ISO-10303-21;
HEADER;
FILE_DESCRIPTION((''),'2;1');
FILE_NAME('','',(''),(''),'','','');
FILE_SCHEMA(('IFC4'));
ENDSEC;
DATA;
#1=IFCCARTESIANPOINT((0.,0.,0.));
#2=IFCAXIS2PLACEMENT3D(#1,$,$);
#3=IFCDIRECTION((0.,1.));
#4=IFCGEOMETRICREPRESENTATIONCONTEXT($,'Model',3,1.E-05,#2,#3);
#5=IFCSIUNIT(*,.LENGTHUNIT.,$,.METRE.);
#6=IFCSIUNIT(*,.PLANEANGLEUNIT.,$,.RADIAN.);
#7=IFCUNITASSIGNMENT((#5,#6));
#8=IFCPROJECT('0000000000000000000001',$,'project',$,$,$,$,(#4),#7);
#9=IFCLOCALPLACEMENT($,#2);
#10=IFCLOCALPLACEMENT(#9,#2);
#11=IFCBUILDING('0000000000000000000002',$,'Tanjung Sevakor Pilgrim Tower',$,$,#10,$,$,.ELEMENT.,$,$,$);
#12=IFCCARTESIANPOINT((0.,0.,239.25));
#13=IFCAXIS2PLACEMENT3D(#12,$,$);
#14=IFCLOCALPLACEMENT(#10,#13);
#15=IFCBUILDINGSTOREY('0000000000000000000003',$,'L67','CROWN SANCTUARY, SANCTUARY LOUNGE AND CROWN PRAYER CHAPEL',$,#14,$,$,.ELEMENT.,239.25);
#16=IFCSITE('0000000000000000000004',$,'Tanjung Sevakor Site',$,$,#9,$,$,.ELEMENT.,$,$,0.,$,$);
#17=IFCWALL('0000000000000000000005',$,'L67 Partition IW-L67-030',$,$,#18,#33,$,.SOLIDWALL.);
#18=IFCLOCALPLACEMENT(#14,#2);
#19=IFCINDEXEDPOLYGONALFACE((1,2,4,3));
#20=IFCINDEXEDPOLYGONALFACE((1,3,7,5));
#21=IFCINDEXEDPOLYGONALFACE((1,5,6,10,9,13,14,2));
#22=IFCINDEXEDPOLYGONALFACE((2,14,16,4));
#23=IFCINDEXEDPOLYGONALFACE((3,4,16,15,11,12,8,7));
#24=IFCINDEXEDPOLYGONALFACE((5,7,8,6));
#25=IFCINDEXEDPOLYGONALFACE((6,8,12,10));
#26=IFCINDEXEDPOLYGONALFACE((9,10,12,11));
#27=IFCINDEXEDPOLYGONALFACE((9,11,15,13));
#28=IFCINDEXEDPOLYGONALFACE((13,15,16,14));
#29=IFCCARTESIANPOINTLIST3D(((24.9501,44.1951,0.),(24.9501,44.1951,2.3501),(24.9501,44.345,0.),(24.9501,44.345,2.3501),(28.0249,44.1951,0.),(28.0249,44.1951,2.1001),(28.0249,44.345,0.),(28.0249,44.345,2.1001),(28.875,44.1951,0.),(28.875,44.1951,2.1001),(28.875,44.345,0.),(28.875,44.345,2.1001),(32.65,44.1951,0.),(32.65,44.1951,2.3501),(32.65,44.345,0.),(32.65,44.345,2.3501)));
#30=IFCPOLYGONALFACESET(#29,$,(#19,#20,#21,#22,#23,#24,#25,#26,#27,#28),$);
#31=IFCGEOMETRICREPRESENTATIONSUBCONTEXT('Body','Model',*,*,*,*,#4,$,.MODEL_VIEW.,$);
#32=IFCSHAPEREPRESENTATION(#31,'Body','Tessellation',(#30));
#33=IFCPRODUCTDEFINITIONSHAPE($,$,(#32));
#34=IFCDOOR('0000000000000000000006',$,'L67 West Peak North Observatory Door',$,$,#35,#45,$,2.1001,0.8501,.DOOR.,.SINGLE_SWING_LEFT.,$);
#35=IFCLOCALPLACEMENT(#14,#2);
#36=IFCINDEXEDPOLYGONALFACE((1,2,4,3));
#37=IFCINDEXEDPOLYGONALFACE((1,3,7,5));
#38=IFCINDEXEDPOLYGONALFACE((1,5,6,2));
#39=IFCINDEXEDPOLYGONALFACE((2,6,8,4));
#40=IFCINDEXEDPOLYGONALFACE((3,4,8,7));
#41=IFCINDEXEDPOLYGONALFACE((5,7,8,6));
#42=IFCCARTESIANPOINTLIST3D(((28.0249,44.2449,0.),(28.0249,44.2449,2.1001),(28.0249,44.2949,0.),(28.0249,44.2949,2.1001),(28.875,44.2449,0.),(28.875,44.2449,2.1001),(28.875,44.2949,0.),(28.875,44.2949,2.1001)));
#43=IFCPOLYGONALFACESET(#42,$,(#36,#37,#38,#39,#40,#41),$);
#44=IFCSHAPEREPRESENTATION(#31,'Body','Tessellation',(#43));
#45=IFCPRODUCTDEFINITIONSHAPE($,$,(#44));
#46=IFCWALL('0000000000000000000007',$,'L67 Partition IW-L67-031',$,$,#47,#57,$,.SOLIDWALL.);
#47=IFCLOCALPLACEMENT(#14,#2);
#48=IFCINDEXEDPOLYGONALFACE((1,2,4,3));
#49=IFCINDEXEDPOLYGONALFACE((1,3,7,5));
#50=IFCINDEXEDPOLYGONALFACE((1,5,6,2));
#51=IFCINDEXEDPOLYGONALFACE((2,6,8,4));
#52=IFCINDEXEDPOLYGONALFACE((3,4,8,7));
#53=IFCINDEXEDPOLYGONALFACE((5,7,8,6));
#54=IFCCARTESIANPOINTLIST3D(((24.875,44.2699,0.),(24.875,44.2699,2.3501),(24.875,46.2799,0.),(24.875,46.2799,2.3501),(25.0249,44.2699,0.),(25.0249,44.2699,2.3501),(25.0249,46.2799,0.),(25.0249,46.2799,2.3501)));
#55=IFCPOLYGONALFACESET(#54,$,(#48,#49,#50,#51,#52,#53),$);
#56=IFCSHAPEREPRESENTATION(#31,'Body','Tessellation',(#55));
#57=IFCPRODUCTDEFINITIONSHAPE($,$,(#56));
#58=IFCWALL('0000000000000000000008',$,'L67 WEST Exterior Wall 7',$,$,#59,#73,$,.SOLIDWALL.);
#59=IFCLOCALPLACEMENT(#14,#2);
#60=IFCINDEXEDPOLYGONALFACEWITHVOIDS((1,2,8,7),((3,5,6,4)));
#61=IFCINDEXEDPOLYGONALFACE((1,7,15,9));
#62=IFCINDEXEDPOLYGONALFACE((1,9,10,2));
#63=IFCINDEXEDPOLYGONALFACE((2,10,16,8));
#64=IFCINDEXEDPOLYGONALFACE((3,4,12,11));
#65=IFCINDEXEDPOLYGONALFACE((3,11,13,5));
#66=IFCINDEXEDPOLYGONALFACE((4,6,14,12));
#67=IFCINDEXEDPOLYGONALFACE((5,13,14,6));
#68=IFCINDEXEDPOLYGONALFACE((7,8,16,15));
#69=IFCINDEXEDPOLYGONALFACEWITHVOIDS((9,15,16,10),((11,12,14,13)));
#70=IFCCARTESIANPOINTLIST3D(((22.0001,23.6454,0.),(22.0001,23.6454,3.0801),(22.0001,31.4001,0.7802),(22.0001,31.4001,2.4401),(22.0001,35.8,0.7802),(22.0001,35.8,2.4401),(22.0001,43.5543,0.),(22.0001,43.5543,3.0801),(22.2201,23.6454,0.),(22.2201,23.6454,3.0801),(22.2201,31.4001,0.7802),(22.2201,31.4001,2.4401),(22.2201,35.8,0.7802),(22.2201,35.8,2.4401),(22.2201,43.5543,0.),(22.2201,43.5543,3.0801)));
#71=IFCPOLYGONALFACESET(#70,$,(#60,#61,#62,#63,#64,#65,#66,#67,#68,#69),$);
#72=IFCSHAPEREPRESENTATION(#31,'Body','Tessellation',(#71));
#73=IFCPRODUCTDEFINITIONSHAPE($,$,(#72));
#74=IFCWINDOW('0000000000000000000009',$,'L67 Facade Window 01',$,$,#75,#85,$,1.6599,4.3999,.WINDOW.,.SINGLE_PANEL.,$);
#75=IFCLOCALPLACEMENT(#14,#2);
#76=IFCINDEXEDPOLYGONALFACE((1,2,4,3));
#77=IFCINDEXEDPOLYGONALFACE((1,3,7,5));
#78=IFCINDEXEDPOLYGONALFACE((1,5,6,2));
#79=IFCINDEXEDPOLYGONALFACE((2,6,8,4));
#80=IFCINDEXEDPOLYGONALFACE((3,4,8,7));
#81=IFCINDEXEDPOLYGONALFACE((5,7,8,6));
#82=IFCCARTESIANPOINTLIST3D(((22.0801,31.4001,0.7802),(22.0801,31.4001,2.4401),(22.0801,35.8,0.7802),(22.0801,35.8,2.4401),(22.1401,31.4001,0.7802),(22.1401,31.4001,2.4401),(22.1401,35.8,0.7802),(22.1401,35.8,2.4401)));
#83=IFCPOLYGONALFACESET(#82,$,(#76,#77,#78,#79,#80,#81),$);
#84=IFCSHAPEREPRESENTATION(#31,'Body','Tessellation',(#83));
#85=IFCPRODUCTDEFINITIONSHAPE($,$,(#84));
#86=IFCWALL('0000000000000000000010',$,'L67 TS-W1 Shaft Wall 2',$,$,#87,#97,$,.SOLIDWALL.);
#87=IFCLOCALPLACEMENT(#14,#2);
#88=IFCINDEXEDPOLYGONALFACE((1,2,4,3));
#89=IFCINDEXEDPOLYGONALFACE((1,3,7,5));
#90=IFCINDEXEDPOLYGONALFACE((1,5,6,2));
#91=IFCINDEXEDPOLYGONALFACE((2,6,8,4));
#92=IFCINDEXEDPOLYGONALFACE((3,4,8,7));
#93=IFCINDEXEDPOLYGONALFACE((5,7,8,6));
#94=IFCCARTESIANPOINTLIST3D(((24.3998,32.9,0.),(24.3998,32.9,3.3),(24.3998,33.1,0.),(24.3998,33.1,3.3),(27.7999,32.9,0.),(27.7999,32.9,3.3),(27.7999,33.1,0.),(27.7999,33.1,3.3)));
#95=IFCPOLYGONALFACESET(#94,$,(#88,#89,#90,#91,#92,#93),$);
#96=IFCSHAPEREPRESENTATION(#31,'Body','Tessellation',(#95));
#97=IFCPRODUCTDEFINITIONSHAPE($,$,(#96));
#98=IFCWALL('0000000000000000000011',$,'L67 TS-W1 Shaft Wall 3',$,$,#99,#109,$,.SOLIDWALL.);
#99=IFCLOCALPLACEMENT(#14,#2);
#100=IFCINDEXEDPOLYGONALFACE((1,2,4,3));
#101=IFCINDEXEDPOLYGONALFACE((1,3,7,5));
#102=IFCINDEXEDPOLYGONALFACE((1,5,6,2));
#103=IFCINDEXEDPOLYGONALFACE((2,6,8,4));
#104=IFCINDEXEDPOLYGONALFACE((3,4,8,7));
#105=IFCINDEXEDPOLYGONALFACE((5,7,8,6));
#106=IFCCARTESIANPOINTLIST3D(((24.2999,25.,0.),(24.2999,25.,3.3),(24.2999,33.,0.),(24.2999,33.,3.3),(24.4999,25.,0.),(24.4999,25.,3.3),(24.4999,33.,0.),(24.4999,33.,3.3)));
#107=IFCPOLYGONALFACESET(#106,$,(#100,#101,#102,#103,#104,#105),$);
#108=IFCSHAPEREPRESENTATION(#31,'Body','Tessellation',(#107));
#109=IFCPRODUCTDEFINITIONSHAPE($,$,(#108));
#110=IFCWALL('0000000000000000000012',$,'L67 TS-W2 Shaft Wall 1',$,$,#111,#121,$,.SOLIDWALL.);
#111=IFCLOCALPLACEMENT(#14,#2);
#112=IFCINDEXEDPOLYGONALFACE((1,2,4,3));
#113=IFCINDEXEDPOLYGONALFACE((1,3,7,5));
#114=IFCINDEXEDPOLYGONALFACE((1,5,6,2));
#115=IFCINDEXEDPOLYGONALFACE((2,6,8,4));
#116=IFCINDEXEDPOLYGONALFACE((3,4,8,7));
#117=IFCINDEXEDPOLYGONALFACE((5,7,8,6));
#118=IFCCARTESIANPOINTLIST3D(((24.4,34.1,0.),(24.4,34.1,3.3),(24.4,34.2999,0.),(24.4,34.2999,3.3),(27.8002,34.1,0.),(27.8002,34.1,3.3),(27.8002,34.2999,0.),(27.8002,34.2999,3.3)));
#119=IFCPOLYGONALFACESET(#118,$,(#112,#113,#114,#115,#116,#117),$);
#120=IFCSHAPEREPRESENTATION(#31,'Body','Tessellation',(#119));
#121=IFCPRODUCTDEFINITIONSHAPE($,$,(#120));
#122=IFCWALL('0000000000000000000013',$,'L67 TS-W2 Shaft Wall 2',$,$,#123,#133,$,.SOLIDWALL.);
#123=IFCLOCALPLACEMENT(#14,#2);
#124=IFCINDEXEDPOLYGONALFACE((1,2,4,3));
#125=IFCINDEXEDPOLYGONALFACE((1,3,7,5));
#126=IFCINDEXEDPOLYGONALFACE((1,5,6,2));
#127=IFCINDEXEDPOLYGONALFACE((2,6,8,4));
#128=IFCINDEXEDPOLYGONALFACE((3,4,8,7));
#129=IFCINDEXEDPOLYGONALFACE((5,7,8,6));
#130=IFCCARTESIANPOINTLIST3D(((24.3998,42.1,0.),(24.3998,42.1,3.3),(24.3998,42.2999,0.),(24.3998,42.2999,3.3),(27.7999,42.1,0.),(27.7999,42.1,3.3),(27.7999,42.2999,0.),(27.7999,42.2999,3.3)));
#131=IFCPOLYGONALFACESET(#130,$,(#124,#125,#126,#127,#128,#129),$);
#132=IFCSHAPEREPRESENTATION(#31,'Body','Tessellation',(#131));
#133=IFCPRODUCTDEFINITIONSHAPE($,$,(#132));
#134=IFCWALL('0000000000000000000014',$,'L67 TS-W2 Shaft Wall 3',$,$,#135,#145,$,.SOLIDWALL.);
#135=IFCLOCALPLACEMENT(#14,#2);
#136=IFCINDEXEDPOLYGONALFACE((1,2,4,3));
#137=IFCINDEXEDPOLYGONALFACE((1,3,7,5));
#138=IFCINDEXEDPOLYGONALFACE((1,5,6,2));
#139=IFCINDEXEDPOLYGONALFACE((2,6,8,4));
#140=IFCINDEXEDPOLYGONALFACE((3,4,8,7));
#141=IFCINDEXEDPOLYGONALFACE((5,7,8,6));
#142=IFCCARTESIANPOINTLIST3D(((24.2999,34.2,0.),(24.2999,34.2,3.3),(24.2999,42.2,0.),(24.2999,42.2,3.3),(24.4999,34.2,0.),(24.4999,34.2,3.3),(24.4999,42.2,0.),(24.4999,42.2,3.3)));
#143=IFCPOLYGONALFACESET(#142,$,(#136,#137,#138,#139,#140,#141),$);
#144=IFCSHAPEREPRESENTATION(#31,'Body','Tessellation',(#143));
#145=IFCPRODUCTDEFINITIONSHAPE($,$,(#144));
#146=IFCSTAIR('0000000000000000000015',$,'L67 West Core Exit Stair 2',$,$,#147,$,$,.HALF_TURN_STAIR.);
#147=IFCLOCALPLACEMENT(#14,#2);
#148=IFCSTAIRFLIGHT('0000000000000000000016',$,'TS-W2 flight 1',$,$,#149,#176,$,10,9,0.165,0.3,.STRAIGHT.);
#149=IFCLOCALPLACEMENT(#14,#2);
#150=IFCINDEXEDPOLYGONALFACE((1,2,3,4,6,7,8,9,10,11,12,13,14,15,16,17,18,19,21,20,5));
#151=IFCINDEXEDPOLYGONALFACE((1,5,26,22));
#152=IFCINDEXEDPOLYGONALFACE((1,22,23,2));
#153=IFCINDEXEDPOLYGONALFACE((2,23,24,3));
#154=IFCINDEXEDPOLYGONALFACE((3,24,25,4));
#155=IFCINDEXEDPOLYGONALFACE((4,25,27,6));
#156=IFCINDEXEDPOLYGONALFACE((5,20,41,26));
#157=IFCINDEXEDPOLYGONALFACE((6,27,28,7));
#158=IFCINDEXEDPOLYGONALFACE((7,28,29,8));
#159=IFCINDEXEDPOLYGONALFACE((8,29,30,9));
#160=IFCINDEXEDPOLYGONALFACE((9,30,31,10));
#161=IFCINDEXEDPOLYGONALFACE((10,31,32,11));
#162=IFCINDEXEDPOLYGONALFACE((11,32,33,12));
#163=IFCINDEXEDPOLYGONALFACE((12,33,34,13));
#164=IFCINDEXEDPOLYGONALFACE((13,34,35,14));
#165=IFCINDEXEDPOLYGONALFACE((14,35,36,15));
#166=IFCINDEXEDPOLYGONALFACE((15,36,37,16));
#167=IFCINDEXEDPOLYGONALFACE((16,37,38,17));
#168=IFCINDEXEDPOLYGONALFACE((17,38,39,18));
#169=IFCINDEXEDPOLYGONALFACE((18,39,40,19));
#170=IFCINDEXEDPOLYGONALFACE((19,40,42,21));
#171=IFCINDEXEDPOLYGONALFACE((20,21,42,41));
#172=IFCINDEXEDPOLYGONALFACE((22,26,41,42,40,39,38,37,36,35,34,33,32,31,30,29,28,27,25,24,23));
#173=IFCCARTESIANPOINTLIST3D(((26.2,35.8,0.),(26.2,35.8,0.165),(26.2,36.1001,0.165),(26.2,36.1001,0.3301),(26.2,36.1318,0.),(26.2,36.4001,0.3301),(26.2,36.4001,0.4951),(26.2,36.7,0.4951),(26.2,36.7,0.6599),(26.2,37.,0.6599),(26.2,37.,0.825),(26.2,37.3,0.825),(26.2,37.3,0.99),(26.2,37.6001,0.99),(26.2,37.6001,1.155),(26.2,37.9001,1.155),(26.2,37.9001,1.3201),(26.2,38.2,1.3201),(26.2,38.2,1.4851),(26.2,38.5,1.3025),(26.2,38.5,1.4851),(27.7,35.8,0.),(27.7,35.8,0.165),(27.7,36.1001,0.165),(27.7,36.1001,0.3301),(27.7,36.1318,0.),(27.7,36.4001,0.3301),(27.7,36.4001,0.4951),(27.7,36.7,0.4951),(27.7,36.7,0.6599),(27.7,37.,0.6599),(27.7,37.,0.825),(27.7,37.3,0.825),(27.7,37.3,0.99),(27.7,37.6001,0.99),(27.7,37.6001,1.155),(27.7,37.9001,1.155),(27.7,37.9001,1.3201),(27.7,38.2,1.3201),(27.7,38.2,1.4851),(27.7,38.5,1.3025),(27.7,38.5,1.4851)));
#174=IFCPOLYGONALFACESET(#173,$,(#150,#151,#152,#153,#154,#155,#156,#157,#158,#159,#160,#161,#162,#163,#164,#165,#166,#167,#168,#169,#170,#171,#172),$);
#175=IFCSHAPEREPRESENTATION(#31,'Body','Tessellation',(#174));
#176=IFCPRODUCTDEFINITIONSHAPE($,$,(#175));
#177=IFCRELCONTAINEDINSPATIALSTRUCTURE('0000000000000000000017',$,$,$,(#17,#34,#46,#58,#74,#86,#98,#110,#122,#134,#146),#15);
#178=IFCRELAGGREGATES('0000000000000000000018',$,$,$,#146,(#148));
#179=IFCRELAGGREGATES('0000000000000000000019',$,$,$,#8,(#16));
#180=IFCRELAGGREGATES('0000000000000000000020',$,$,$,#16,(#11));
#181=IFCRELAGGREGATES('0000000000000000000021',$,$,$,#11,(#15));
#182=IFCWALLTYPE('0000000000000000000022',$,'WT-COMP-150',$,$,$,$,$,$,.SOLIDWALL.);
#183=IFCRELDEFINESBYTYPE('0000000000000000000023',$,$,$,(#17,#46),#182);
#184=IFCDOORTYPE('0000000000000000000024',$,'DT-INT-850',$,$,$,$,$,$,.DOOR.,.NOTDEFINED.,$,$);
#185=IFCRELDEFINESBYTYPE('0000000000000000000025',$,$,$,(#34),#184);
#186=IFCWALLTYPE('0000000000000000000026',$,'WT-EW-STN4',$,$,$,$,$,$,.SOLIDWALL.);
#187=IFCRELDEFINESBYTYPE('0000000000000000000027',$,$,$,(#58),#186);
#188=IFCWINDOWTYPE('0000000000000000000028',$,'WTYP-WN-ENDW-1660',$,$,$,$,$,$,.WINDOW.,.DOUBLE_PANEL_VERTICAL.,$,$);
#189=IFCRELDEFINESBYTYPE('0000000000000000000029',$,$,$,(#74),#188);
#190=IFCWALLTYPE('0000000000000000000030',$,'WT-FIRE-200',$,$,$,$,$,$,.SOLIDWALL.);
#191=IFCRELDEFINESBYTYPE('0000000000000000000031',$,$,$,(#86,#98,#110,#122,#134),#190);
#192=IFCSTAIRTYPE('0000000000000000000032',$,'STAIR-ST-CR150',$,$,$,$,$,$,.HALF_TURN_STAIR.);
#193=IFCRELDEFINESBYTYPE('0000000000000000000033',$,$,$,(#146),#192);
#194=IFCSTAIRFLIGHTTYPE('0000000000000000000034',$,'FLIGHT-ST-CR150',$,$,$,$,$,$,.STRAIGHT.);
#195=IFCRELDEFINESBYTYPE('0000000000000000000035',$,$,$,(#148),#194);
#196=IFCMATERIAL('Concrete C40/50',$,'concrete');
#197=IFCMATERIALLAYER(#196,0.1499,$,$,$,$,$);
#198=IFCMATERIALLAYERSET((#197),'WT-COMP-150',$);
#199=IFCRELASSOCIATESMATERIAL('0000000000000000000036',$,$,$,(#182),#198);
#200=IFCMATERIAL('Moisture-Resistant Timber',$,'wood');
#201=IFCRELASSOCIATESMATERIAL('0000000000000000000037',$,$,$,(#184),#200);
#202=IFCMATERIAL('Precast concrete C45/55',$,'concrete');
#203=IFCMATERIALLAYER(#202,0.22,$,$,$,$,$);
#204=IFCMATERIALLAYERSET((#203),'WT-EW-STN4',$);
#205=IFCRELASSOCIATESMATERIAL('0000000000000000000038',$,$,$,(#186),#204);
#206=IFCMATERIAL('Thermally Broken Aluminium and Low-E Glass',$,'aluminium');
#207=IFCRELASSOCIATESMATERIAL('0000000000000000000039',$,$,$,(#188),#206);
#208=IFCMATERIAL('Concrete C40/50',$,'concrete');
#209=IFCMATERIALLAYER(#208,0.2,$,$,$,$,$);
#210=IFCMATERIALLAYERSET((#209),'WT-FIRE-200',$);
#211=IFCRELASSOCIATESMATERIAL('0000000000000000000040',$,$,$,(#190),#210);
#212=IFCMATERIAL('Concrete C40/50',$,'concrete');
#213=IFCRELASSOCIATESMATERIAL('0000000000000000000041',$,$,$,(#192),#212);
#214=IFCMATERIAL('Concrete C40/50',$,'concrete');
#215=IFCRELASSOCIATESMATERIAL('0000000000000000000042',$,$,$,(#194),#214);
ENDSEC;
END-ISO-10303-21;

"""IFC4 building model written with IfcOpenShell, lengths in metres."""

from ifc_helpers import new_model, si_unit, direction, frame, frame_2d, origin, place, context, subcontext, project, spatial, polyline, rectangle, outline, extrude, material, layer, layer_set, type_object, element, fill, aggregate, save


model = new_model("IFC4")

# Units and contexts
model_context = context("Model", 3, precision=1e-05, world=origin(), true_north=direction((0.0, 1.0)))
body_context = subcontext(model_context, "Body", "Model", "MODEL_VIEW")
ifc_project = project(units=[si_unit("LENGTHUNIT", "METRE"), si_unit("PLANEANGLEUNIT", "RADIAN")], contexts=[model_context])

# Site, building, storey
site_placement = place(None, origin())
site = spatial("IfcSite", under=ifc_project, at=site_placement, Name="Tanjung Sevakor Site", CompositionType="ELEMENT", RefElevation=0.0)
building_placement = place(site_placement, origin())
building = spatial("IfcBuilding", under=site, at=building_placement, Name="Tanjung Sevakor Pilgrim Tower", CompositionType="ELEMENT")
storey_placement = place(building_placement, frame((0.0, 0.0, 239.25)))
storey = spatial("IfcBuildingStorey", under=building, at=storey_placement, Name="L67", Description="CROWN SANCTUARY, SANCTUARY LOUNGE AND CROWN PRAYER CHAPEL", CompositionType="ELEMENT", Elevation=239.25)

# Shared definitions
ifc_material_1 = material(Name="Concrete C40/50", Category="concrete")
ifc_layer_1 = layer(ifc_material_1, 0.1499)
ifc_layer_set_1 = layer_set([ifc_layer_1], Name="WT-COMP-150")
wall_type_1 = type_object("IfcWallType", Name="WT-COMP-150", PredefinedType="SOLIDWALL", material=ifc_layer_set_1)

# Wall, opening, door
wall_1_placement = place(storey_placement, frame((24.95, 44.27, 0.0), z_axis=(0.0, 0.0, 1.0), x_axis=(1.0, 0.0, 0.0)))
wall_1 = element("IfcWall", 1, at=wall_1_placement, inside=storey, type_object=wall_type_1, Name="L67 Partition IW-L67-030", PredefinedType="SOLIDWALL", context=body_context, shape_type="SweptSolid", body=[
    extrude(rectangle(XDim=7.7, YDim=0.1499, at=frame_2d((3.8501, 0.0))), origin(), (0.0, 0.0, 1.0), 2.3501),
])
opening_1_placement = place(wall_1_placement, frame((3.075, 0.0, 0.0)))
opening_1 = element("IfcOpeningElement", 2, at=opening_1_placement, cuts=wall_1, PredefinedType="OPENING", context=body_context, shape_type="SweptSolid", body=[
    extrude(rectangle(XDim=0.8501, YDim=2.1001, at=frame_2d((0.425, 1.05))), frame((0.0, 0.085, 0.0), z_axis=(0.0, -1.0, 0.0), x_axis=(1.0, 0.0, 0.0)), (0.0, 0.0, 1.0), 0.1699),
])
ifc_material_2 = material(Name="Moisture-Resistant Timber", Category="wood")
door_type_1 = type_object("IfcDoorType", Name="DT-INT-850", OperationType="NOTDEFINED", PredefinedType="DOOR", material=ifc_material_2)
door_1_placement = place(opening_1_placement, origin())
door_1 = element("IfcDoor", 3, at=door_1_placement, inside=storey, type_object=door_type_1, Name="L67 West Peak North Observatory Door", OperationType="SINGLE_SWING_LEFT", OverallHeight=2.1001, OverallWidth=0.8501, PredefinedType="DOOR", context=body_context, shape_type="SweptSolid", body=[
    extrude(rectangle(XDim=0.8501, YDim=2.1001, at=frame_2d((0.425, 1.05))), frame((0.0, 0.0249, 0.0), z_axis=(0.0, -1.0, 0.0), x_axis=(1.0, 0.0, 0.0)), (0.0, 0.0, 1.0), 0.05),
])
fill(opening_1, door_1)

# Wall
wall_2_placement = place(storey_placement, frame((24.95, 44.27, 0.0), z_axis=(0.0, 0.0, 1.0), x_axis=(0.0, 1.0, 0.0)))
element("IfcWall", 4, at=wall_2_placement, inside=storey, type_object=wall_type_1, Name="L67 Partition IW-L67-031", PredefinedType="SOLIDWALL", context=body_context, shape_type="SweptSolid", body=[
    extrude(rectangle(XDim=2.01, YDim=0.1499, at=frame_2d((1.0049, 0.0))), origin(), (0.0, 0.0, 1.0), 2.3501),
])

# Wall, opening, window
ifc_material_3 = material(Name="Precast concrete C45/55", Category="concrete")
ifc_layer_2 = layer(ifc_material_3, 0.22)
ifc_layer_set_2 = layer_set([ifc_layer_2], Name="WT-EW-STN4")
wall_type_2 = type_object("IfcWallType", Name="WT-EW-STN4", PredefinedType="SOLIDWALL", material=ifc_layer_set_2)
wall_3_placement = place(storey_placement, frame((22.1101, 43.5544, 0.0), z_axis=(0.0, 0.0, 1.0), x_axis=(0.0, -1.0, 0.0)))
wall_3 = element("IfcWall", 5, at=wall_3_placement, inside=storey, type_object=wall_type_2, Name="L67 WEST Exterior Wall 7", PredefinedType="SOLIDWALL", context=body_context, shape_type="SweptSolid", body=[
    extrude(rectangle(XDim=19.9089, YDim=0.22, at=frame_2d((9.9546, 0.0))), origin(), (0.0, 0.0, 1.0), 3.0801),
])
opening_2_placement = place(wall_3_placement, frame((7.7544, 0.0, 0.78)))
opening_2 = element("IfcOpeningElement", 6, at=opening_2_placement, cuts=wall_3, PredefinedType="OPENING", context=body_context, shape_type="SweptSolid", body=[
    extrude(rectangle(XDim=4.3999, YDim=1.6599, at=frame_2d((2.2, 0.8301))), frame((0.0, 0.1199, 0.0), z_axis=(0.0, -1.0, 0.0), x_axis=(1.0, 0.0, 0.0)), (0.0, 0.0, 1.0), 0.24),
])
ifc_material_4 = material(Name="Thermally Broken Aluminium and Low-E Glass", Category="aluminium")
window_type = type_object("IfcWindowType", Name="WTYP-WN-ENDW-1660", PartitioningType="DOUBLE_PANEL_VERTICAL", PredefinedType="WINDOW", material=ifc_material_4)
window_placement = place(opening_2_placement, origin())
window = element("IfcWindow", 7, at=window_placement, inside=storey, type_object=window_type, Name="L67 Facade Window 01", OverallHeight=1.6599, OverallWidth=4.3999, PartitioningType="SINGLE_PANEL", PredefinedType="WINDOW", context=body_context, shape_type="SweptSolid", body=[
    extrude(rectangle(XDim=4.3999, YDim=1.6599, at=frame_2d((2.2, 0.8301))), frame((0.0, 0.03, 0.0), z_axis=(0.0, -1.0, 0.0), x_axis=(1.0, 0.0, 0.0)), (0.0, 0.0, 1.0), 0.0601),
])
fill(opening_2, window)

# Walls
ifc_material_5 = material(Name="Concrete C40/50", Category="concrete")
ifc_layer_3 = layer(ifc_material_5, 0.2)
ifc_layer_set_3 = layer_set([ifc_layer_3], Name="WT-FIRE-200")
wall_type_3 = type_object("IfcWallType", Name="WT-FIRE-200", PredefinedType="SOLIDWALL", material=ifc_layer_set_3)
wall_4_placement = place(storey_placement, frame((27.8, 33.0, 0.0), z_axis=(0.0, 0.0, 1.0), x_axis=(-1.0, 0.0, 0.0)))
element("IfcWall", 8, at=wall_4_placement, inside=storey, type_object=wall_type_3, Name="L67 TS-W1 Shaft Wall 2", PredefinedType="SOLIDWALL", context=body_context, shape_type="SweptSolid", body=[
    extrude(rectangle(XDim=3.4001, YDim=0.2, at=frame_2d((1.7002, 0.0))), origin(), (0.0, 0.0, 1.0), 3.3),
])
wall_5_placement = place(storey_placement, frame((24.3999, 33.0, 0.0), z_axis=(0.0, 0.0, 1.0), x_axis=(0.0, -1.0, 0.0)))
element("IfcWall", 9, at=wall_5_placement, inside=storey, type_object=wall_type_3, Name="L67 TS-W1 Shaft Wall 3", PredefinedType="SOLIDWALL", context=body_context, shape_type="SweptSolid", body=[
    extrude(rectangle(XDim=8.0, YDim=0.2, at=frame_2d((4.0, 0.0))), origin(), (0.0, 0.0, 1.0), 3.3),
])
for number, where, z_axis, x_axis, name in (
    (10, (24.3999, 34.2, 0.0), (0.0, 0.0, 1.0), (1.0, 0.0, 0.0), "L67 TS-W2 Shaft Wall 1"),
    (11, (27.8, 42.2, 0.0), (0.0, 0.0, 1.0), (-1.0, 0.0, 0.0), "L67 TS-W2 Shaft Wall 2"),
):
    element("IfcWall", number, at=place(storey_placement, frame(where, z_axis=z_axis, x_axis=x_axis)), inside=storey, type_object=wall_type_3, Name=name, PredefinedType="SOLIDWALL", context=body_context, shape_type="SweptSolid", body=[
        extrude(rectangle(XDim=3.4001, YDim=0.2, at=frame_2d((1.7002, 0.0))), origin(), (0.0, 0.0, 1.0), 3.3),
    ])
wall_6_placement = place(storey_placement, frame((24.3999, 42.2, 0.0), z_axis=(0.0, 0.0, 1.0), x_axis=(0.0, -1.0, 0.0)))
element("IfcWall", 12, at=wall_6_placement, inside=storey, type_object=wall_type_3, Name="L67 TS-W2 Shaft Wall 3", PredefinedType="SOLIDWALL", context=body_context, shape_type="SweptSolid", body=[
    extrude(rectangle(XDim=8.0, YDim=0.2, at=frame_2d((4.0, 0.0))), origin(), (0.0, 0.0, 1.0), 3.3),
])

# Stair, stair flight
ifc_material_6 = material(Name="Concrete C40/50", Category="concrete")
stair_type = type_object("IfcStairType", Name="STAIR-ST-CR150", PredefinedType="HALF_TURN_STAIR", material=ifc_material_6)
stair_placement = place(storey_placement, origin())
stair = element("IfcStair", 13, at=stair_placement, inside=storey, type_object=stair_type, Name="L67 West Core Exit Stair 2", PredefinedType="HALF_TURN_STAIR")
ifc_material_7 = material(Name="Concrete C40/50", Category="concrete")
stair_flight_type = type_object("IfcStairFlightType", Name="FLIGHT-ST-CR150", PredefinedType="STRAIGHT", material=ifc_material_7)
stair_flight_1_placement = place(storey_placement, frame((26.95, 35.8, 0.0), z_axis=(0.0, 0.0, 1.0), x_axis=(0.0, 1.0, 0.0)))
stair_flight_1 = element("IfcStairFlight", 14, at=stair_flight_1_placement, type_object=stair_flight_type, Name="TS-W2 flight 1", NumberOfRisers=10, NumberOfTreads=9, PredefinedType="STRAIGHT", RiserHeight=0.165, TreadLength=0.3, context=body_context, shape_type="SweptSolid", body=[
    extrude(outline(polyline([(0.0, 0.0), (0.0, 0.165), (0.3, 0.165), (0.3, 0.3301), (0.6001, 0.3301), (0.6001, 0.4951), (0.8999, 0.4951), (0.8999, 0.6599), (1.2, 0.6599), (1.2, 0.825), (1.5, 0.825), (1.5, 0.99), (1.8, 0.99), (1.8, 1.155), (2.1001, 1.155), (2.1001, 1.3201), (2.3999, 1.3201), (2.3999, 1.4851), (2.7, 1.4851), (2.7, 1.6499), (2.7, 1.3025), (0.3318, 0.0), (0.0, 0.0)])), frame((0.0, 0.75, 0.0), z_axis=(0.0, -1.0, 0.0), x_axis=(1.0, 0.0, 0.0)), (0.0, 0.0, 1.0), 1.5),
])
aggregate(stair, [stair_flight_1])

save(model, "model.ifc")
